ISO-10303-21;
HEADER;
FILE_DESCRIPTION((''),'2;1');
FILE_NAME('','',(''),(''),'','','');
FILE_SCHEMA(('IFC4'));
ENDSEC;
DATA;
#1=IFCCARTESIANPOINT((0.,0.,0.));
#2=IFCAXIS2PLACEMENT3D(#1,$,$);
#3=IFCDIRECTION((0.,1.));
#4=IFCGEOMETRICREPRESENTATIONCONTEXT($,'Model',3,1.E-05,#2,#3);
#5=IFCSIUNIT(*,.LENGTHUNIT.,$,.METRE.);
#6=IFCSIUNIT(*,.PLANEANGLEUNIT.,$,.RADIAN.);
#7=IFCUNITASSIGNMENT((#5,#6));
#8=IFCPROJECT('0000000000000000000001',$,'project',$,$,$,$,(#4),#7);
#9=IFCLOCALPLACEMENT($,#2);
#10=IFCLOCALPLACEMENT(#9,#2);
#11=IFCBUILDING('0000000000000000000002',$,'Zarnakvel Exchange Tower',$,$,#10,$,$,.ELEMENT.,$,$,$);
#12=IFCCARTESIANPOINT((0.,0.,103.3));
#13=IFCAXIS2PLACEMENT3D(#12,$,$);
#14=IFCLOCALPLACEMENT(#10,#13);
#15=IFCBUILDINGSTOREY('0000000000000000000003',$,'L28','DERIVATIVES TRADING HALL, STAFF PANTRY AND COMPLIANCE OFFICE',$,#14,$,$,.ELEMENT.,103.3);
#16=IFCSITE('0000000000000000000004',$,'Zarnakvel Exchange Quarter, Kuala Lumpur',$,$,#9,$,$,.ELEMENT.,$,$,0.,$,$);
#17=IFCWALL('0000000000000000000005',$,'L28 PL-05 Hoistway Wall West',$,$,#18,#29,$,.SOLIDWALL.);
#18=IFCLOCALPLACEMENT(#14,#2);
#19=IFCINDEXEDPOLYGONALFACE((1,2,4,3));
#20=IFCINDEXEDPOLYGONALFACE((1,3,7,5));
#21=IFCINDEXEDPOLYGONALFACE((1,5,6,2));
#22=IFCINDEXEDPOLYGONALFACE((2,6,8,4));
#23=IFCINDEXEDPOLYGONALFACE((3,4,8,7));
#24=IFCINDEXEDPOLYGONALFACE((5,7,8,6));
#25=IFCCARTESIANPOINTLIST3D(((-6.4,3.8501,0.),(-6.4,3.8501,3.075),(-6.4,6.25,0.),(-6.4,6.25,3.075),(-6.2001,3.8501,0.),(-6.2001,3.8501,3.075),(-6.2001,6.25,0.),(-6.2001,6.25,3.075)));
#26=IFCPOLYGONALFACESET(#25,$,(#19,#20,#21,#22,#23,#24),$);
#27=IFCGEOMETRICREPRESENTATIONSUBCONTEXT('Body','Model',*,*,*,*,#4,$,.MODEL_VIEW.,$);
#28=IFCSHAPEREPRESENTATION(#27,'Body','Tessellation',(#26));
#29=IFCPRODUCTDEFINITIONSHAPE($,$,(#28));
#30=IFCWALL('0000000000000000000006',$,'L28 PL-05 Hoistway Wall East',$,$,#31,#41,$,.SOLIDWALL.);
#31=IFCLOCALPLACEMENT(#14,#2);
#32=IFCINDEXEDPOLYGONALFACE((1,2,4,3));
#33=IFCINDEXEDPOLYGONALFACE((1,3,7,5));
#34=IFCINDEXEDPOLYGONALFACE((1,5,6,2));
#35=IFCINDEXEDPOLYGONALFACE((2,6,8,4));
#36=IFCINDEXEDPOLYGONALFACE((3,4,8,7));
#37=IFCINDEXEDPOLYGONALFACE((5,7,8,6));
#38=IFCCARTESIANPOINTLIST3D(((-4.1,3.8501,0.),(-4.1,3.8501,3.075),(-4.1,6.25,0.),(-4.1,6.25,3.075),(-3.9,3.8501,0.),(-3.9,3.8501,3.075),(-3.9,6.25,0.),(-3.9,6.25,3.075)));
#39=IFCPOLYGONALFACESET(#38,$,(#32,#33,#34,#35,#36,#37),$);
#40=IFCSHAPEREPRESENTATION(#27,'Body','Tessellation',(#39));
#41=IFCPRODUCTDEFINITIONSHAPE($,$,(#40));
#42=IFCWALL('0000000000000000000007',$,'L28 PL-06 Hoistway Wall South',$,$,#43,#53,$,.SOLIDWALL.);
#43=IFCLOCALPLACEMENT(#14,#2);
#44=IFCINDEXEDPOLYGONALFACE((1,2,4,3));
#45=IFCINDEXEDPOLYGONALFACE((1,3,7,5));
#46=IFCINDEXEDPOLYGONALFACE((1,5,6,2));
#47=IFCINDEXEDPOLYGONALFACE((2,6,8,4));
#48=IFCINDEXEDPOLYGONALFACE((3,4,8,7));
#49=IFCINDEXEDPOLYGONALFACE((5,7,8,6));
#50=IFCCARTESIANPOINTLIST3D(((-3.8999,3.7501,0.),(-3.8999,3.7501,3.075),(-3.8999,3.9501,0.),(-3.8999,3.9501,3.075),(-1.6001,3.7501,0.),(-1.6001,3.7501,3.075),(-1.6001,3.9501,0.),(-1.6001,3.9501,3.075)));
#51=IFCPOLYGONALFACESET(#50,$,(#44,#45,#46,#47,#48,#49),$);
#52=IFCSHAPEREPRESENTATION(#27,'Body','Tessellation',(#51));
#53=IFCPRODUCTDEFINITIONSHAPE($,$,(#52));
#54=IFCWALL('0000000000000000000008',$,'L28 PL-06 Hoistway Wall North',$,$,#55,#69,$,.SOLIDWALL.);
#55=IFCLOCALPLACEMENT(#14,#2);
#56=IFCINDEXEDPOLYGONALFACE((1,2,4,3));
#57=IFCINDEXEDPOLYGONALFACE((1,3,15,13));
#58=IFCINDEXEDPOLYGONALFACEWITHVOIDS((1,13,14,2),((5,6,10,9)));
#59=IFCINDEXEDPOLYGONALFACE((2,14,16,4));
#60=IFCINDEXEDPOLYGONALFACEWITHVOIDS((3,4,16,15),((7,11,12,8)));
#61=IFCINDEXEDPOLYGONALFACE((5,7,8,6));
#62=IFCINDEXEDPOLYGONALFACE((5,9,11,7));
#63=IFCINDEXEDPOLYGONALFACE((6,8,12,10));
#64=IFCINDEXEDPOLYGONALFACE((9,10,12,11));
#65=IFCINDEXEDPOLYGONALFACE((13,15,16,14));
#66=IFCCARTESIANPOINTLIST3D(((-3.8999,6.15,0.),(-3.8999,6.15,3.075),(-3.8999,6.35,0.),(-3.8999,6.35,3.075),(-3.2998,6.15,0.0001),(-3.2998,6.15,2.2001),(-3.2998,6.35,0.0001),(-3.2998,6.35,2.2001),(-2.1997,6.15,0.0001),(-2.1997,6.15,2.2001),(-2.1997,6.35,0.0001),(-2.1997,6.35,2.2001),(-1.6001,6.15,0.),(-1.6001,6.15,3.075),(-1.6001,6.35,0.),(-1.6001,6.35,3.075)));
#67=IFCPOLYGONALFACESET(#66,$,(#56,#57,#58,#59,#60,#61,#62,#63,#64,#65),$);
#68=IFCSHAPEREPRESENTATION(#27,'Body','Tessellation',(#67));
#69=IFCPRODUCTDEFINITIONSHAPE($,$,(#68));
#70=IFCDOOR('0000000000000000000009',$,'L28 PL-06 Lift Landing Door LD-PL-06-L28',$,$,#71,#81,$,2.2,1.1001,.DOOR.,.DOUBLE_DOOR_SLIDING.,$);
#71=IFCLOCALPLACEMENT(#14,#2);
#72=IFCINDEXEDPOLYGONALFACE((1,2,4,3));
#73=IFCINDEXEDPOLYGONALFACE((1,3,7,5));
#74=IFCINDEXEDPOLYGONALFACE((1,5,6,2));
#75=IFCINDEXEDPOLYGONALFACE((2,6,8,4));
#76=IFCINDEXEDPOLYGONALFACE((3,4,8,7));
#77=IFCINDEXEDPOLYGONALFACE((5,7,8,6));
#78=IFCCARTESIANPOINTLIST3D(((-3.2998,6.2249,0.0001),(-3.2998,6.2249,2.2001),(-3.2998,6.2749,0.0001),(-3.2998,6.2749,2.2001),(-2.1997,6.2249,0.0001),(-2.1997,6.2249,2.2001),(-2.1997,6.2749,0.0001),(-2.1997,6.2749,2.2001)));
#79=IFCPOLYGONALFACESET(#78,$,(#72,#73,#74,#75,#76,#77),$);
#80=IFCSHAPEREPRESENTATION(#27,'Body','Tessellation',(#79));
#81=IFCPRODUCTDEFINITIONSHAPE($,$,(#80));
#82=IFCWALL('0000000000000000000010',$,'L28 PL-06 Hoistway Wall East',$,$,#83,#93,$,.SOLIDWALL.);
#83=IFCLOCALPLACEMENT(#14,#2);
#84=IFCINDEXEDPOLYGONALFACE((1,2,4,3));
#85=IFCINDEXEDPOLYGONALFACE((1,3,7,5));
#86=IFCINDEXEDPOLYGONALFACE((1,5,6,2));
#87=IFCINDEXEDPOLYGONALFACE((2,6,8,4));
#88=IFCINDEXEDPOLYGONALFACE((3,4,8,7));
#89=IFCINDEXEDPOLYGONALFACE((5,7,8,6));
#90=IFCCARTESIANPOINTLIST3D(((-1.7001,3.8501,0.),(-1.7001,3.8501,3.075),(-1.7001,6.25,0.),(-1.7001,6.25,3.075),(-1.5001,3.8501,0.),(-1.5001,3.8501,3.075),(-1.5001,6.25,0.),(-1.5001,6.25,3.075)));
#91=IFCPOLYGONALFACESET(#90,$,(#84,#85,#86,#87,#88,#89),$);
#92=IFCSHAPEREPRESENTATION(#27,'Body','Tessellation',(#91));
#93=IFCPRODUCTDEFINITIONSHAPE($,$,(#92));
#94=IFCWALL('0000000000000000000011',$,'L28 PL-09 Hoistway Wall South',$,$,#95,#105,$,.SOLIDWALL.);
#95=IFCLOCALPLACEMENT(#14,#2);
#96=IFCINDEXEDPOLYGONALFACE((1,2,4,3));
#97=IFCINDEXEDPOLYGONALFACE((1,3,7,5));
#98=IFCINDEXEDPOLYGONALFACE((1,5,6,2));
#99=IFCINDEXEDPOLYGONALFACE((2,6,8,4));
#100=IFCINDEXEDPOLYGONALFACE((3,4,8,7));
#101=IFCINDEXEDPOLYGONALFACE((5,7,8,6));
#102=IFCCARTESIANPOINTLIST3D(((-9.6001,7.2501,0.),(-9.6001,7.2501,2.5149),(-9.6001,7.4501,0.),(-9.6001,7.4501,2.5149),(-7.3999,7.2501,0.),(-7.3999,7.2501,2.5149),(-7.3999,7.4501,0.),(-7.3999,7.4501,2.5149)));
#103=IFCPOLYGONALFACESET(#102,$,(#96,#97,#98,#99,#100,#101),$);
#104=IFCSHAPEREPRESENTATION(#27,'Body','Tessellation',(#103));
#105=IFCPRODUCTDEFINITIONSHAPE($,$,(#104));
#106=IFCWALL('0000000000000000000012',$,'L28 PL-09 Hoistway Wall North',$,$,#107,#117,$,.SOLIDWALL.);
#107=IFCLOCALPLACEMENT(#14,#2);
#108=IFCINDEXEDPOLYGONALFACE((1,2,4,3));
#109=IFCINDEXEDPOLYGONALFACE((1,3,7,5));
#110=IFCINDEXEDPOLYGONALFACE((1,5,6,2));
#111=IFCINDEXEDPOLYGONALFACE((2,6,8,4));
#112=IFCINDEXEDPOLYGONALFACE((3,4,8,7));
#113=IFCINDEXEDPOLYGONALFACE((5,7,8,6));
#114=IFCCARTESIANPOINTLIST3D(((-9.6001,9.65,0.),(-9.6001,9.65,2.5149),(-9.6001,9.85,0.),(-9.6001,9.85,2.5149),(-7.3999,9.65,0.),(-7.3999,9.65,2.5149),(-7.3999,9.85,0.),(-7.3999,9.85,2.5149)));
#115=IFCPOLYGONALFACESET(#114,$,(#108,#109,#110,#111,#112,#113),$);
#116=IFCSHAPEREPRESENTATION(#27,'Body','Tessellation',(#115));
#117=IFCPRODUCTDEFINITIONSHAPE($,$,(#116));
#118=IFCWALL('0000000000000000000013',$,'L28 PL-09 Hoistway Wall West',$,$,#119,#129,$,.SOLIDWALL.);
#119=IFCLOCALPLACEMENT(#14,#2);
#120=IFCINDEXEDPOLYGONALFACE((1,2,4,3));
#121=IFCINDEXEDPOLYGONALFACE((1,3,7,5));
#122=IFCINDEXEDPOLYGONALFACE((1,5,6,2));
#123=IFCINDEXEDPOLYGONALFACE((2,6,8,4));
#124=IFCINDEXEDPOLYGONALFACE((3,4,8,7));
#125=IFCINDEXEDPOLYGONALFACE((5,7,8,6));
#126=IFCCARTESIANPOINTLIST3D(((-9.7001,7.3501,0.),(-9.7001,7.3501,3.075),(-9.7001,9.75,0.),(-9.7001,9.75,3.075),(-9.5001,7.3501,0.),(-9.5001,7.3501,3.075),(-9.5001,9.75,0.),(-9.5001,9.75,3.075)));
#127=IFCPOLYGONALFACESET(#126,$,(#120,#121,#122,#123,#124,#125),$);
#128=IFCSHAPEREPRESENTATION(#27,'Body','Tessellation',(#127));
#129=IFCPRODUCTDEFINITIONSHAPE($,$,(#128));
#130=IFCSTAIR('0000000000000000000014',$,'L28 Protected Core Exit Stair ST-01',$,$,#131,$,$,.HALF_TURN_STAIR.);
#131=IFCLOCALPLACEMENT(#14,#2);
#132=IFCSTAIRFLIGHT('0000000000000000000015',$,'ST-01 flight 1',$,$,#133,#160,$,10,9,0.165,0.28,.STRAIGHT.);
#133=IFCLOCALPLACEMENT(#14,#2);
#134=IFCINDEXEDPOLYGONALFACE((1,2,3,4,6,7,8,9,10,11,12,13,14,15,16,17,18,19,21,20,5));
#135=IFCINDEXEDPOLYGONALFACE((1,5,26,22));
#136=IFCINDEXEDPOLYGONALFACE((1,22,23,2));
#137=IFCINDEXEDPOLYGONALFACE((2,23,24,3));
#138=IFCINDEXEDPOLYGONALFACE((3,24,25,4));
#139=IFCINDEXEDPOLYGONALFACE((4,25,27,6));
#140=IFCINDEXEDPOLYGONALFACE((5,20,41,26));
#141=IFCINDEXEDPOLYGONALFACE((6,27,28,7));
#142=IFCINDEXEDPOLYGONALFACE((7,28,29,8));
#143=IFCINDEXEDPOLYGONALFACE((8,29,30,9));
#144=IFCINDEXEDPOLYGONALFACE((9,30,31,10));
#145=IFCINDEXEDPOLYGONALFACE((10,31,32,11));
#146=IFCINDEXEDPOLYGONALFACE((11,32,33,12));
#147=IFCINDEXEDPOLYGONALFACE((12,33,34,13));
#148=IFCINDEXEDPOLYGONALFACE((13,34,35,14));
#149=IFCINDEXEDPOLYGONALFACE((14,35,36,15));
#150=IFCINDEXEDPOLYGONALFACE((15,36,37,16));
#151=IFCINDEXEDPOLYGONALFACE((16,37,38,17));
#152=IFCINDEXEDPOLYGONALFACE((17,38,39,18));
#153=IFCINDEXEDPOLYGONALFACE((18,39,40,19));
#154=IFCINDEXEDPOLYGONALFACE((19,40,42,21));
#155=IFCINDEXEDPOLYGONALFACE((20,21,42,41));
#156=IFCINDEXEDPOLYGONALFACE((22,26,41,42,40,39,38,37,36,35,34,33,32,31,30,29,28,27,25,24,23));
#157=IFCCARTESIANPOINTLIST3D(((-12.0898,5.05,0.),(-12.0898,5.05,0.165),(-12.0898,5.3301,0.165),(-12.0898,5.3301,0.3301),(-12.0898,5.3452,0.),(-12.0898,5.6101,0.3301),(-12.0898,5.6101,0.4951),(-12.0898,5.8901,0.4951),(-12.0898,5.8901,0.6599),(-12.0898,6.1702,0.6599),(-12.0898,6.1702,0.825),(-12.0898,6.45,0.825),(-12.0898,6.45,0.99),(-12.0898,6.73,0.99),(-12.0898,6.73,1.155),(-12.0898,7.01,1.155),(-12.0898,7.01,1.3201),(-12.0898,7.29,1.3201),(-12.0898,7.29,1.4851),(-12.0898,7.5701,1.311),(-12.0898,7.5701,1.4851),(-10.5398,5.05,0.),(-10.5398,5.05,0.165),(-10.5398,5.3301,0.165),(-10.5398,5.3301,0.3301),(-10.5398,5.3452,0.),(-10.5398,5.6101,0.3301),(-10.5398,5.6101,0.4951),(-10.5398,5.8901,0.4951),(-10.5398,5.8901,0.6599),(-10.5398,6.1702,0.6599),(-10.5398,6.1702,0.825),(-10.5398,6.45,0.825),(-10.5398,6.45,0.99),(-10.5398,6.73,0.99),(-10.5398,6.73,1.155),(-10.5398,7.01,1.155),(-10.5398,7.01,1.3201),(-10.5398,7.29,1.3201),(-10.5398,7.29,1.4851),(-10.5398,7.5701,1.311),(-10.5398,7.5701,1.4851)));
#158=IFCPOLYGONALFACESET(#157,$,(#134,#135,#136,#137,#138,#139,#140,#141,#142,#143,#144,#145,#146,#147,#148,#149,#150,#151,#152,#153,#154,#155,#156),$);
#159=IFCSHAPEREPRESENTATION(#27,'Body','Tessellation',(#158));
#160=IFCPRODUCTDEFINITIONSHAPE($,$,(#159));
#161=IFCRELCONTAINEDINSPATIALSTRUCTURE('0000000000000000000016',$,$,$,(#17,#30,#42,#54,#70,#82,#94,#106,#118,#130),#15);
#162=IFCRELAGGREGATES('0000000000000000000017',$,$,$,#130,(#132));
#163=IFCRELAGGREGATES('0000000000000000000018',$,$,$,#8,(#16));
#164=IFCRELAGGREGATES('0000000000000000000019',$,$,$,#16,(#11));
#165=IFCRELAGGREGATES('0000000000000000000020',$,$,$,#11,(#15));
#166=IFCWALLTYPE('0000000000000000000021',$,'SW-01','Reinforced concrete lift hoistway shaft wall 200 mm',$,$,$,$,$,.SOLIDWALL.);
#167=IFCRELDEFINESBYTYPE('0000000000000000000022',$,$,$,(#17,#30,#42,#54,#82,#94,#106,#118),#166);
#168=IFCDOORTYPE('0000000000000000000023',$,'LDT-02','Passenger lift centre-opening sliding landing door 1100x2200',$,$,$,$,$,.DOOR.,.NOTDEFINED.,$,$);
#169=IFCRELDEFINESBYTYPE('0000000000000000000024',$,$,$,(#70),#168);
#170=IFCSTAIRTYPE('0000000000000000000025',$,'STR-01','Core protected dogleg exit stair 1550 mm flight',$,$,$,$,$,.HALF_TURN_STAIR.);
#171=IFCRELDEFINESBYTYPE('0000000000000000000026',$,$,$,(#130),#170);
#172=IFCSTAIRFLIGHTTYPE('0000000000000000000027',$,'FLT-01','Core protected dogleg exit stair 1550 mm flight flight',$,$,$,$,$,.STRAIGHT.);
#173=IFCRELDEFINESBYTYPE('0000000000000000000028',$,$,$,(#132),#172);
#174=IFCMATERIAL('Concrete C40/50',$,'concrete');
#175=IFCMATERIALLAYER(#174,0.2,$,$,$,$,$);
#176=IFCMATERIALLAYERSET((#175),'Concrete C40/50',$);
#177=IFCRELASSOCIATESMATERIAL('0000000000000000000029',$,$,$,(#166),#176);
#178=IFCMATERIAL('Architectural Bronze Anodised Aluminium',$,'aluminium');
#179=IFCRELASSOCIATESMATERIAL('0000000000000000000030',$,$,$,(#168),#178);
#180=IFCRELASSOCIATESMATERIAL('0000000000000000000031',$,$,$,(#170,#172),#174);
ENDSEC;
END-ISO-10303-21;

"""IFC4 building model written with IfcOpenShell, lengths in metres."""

from ifc_helpers import new_model, si_unit, direction, frame, frame_2d, origin, place, context, subcontext, project, spatial, polyline, rectangle, outline, extrude, source, transform, mapped, material, layer, layer_set, type_object, element, fill, aggregate, save


model = new_model("IFC4")

# Units and contexts
model_context = context("Model", 3, precision=1e-05, world=origin(), true_north=direction((0.0, 1.0)))
body_context = subcontext(model_context, "Body", "Model", "MODEL_VIEW")
ifc_project = project(units=[si_unit("LENGTHUNIT", "METRE"), si_unit("PLANEANGLEUNIT", "RADIAN")], contexts=[model_context])

# Site, building, storey
site_placement = place(None, origin())
site = spatial("IfcSite", under=ifc_project, at=site_placement, Name="Zarnakvel Exchange Quarter, Kuala Lumpur", CompositionType="ELEMENT", RefElevation=0.0)
building_placement = place(site_placement, origin())
building = spatial("IfcBuilding", under=site, at=building_placement, Name="Zarnakvel Exchange Tower", CompositionType="ELEMENT")
storey_placement = place(building_placement, frame((0.0, 0.0, 103.3)))
storey = spatial("IfcBuildingStorey", under=building, at=storey_placement, Name="L28", Description="DERIVATIVES TRADING HALL, STAFF PANTRY AND COMPLIANCE OFFICE", CompositionType="ELEMENT", Elevation=103.3)

# Shared definitions
ifc_material_1 = material(Name="Concrete C40/50", Category="concrete")
ifc_layer_1 = layer(ifc_material_1, 0.2)
ifc_layer_set_1 = layer_set([ifc_layer_1], Name="Concrete C40/50")
wall_type_1 = type_object("IfcWallType", Name="SW-01", Description="Reinforced concrete lift hoistway shaft wall 200 mm", PredefinedType="SOLIDWALL", material=ifc_layer_set_1)
shared_shape_1 = source(origin(), body_context, "Body", "SweptSolid", [
    extrude(rectangle(XDim=1.1001, YDim=2.2, at=frame_2d((0.55, 1.1001))), frame((0.0, 0.0249, 0.0), z_axis=(0.0, -1.0, 0.0), x_axis=(1.0, 0.0, 0.0)), (0.0, 0.0, 1.0), 0.05),
])

# Shared definitions
ifc_material_2 = material(Name="Architectural Bronze Anodised Aluminium", Category="aluminium")
door_type_1 = type_object("IfcDoorType", Name="LDT-02", Description="Passenger lift centre-opening sliding landing door 1100x2200", OperationType="NOTDEFINED", PredefinedType="DOOR", material=ifc_material_2)

# Walls
for number, where, z_axis, x_axis, name in (
    (1, (-6.3, 3.8501, 0.0), (0.0, 0.0, 1.0), (0.0, 1.0, 0.0), "L28 PL-05 Hoistway Wall West"),
    (2, (-4.0, 6.25, 0.0), (0.0, 0.0, 1.0), (0.0, -1.0, 0.0), "L28 PL-05 Hoistway Wall East"),
):
    element("IfcWall", number, at=place(storey_placement, frame(where, z_axis=z_axis, x_axis=x_axis)), inside=storey, type_object=wall_type_1, Name=name, PredefinedType="SOLIDWALL", context=body_context, shape_type="SweptSolid", body=[
        extrude(rectangle(XDim=2.3999, YDim=0.2, at=frame_2d((1.2, 0.0))), origin(), (0.0, 0.0, 1.0), 3.075),
    ])
wall_1_placement = place(storey_placement, frame((-1.6001, 3.8501, 0.0), z_axis=(0.0, 0.0, 1.0), x_axis=(-1.0, 0.0, 0.0)))
element("IfcWall", 3, at=wall_1_placement, inside=storey, type_object=wall_type_1, Name="L28 PL-06 Hoistway Wall South", PredefinedType="SOLIDWALL", context=body_context, shape_type="SweptSolid", body=[
    extrude(rectangle(XDim=2.2998, YDim=0.2, at=frame_2d((1.1499, 0.0))), origin(), (0.0, 0.0, 1.0), 3.075),
])

# Wall, opening, door
wall_2_placement = place(storey_placement, frame((-3.8999, 6.25, 0.0), z_axis=(0.0, 0.0, 1.0), x_axis=(1.0, 0.0, 0.0)))
wall_2 = element("IfcWall", 4, at=wall_2_placement, inside=storey, type_object=wall_type_1, Name="L28 PL-06 Hoistway Wall North", PredefinedType="SOLIDWALL", context=body_context, shape_type="SweptSolid", body=[
    extrude(rectangle(XDim=2.2998, YDim=0.2, at=frame_2d((1.1499, 0.0))), origin(), (0.0, 0.0, 1.0), 3.075),
])
opening_1_placement = place(wall_2_placement, frame((0.6001, 0.0, 0.0)))
opening_1 = element("IfcOpeningElement", 5, at=opening_1_placement, cuts=wall_2, PredefinedType="OPENING", context=body_context, shape_type="SweptSolid", body=[
    extrude(rectangle(XDim=1.1001, YDim=2.2, at=frame_2d((0.55, 1.1001))), frame((0.0, 0.1099, 0.0), z_axis=(0.0, -1.0, 0.0), x_axis=(1.0, 0.0, 0.0)), (0.0, 0.0, 1.0), 0.22),
])
door_1_placement = place(opening_1_placement, origin())
door_1 = element("IfcDoor", 6, at=door_1_placement, inside=storey, type_object=door_type_1, Name="L28 PL-06 Lift Landing Door LD-PL-06-L28", OperationType="DOUBLE_DOOR_SLIDING", OverallHeight=2.2, OverallWidth=1.1001, PredefinedType="DOOR", context=body_context, shape_type="MappedRepresentation", body=[
    mapped(shared_shape_1, transform((0.0, 0.0, 0.0), x_axis=(1.0, 0.0, 0.0), y_axis=(0.0, 1.0, 0.0), z_axis=(0.0, 0.0, 1.0), scale=1.0)),
])
fill(opening_1, door_1)

# Walls
wall_3_placement = place(storey_placement, frame((-1.6001, 6.25, 0.0), z_axis=(0.0, 0.0, 1.0), x_axis=(0.0, -1.0, 0.0)))
element("IfcWall", 7, at=wall_3_placement, inside=storey, type_object=wall_type_1, Name="L28 PL-06 Hoistway Wall East", PredefinedType="SOLIDWALL", context=body_context, shape_type="SweptSolid", body=[
    extrude(rectangle(XDim=2.3999, YDim=0.2, at=frame_2d((1.2, 0.0))), origin(), (0.0, 0.0, 1.0), 3.075),
])
for number, where, z_axis, x_axis, name in (
    (8, (-7.3999, 7.3501, 0.0), (0.0, 0.0, 1.0), (-1.0, 0.0, 0.0), "L28 PL-09 Hoistway Wall South"),
    (9, (-9.6001, 9.75, 0.0), (0.0, 0.0, 1.0), (1.0, 0.0, 0.0), "L28 PL-09 Hoistway Wall North"),
):
    element("IfcWall", number, at=place(storey_placement, frame(where, z_axis=z_axis, x_axis=x_axis)), inside=storey, type_object=wall_type_1, Name=name, PredefinedType="SOLIDWALL", context=body_context, shape_type="SweptSolid", body=[
        extrude(rectangle(XDim=2.2002, YDim=0.2, at=frame_2d((1.1001, 0.0))), origin(), (0.0, 0.0, 1.0), 2.5149),
    ])
wall_4_placement = place(storey_placement, frame((-9.6001, 7.3501, 0.0), z_axis=(0.0, 0.0, 1.0), x_axis=(0.0, 1.0, 0.0)))
element("IfcWall", 10, at=wall_4_placement, inside=storey, type_object=wall_type_1, Name="L28 PL-09 Hoistway Wall West", PredefinedType="SOLIDWALL", context=body_context, shape_type="SweptSolid", body=[
    extrude(rectangle(XDim=2.3999, YDim=0.2, at=frame_2d((1.2, 0.0))), origin(), (0.0, 0.0, 1.0), 3.075),
])

# Stair, stair flight
stair_type = type_object("IfcStairType", Name="STR-01", Description="Core protected dogleg exit stair 1550 mm flight", PredefinedType="HALF_TURN_STAIR", material=ifc_material_1)
stair_placement = place(storey_placement, origin())
stair = element("IfcStair", 11, at=stair_placement, inside=storey, type_object=stair_type, Name="L28 Protected Core Exit Stair ST-01", PredefinedType="HALF_TURN_STAIR")
stair_flight_type = type_object("IfcStairFlightType", Name="FLT-01", Description="Core protected dogleg exit stair 1550 mm flight flight", PredefinedType="STRAIGHT", material=ifc_material_1)
stair_flight_placement = place(storey_placement, frame((-11.3149, 5.05, 0.0), z_axis=(0.0, 0.0, 1.0), x_axis=(0.0, 1.0, 0.0)))
stair_flight = element("IfcStairFlight", 12, at=stair_flight_placement, type_object=stair_flight_type, Name="ST-01 flight 1", NumberOfRisers=10, NumberOfTreads=9, PredefinedType="STRAIGHT", RiserHeight=0.165, TreadLength=0.28, context=body_context, shape_type="SweptSolid", body=[
    extrude(outline(polyline([(0.0, 0.0), (0.0, 0.165), (0.28, 0.165), (0.28, 0.3301), (0.5601, 0.3301), (0.5601, 0.4951), (0.8401, 0.4951), (0.8401, 0.6599), (1.1201, 0.6599), (1.1201, 0.825), (1.3999, 0.825), (1.3999, 0.99), (1.6799, 0.99), (1.6799, 1.155), (1.96, 1.155), (1.96, 1.3201), (2.24, 1.3201), (2.24, 1.4851), (2.52, 1.4851), (2.52, 1.6499), (2.52, 1.311), (0.2952, 0.0), (0.0, 0.0)])), frame((0.0, 0.7749, 0.0), z_axis=(0.0, -1.0, 0.0), x_axis=(1.0, 0.0, 0.0)), (0.0, 0.0, 1.0), 1.55),
])
aggregate(stair, [stair_flight])

save(model, "model.ifc")
